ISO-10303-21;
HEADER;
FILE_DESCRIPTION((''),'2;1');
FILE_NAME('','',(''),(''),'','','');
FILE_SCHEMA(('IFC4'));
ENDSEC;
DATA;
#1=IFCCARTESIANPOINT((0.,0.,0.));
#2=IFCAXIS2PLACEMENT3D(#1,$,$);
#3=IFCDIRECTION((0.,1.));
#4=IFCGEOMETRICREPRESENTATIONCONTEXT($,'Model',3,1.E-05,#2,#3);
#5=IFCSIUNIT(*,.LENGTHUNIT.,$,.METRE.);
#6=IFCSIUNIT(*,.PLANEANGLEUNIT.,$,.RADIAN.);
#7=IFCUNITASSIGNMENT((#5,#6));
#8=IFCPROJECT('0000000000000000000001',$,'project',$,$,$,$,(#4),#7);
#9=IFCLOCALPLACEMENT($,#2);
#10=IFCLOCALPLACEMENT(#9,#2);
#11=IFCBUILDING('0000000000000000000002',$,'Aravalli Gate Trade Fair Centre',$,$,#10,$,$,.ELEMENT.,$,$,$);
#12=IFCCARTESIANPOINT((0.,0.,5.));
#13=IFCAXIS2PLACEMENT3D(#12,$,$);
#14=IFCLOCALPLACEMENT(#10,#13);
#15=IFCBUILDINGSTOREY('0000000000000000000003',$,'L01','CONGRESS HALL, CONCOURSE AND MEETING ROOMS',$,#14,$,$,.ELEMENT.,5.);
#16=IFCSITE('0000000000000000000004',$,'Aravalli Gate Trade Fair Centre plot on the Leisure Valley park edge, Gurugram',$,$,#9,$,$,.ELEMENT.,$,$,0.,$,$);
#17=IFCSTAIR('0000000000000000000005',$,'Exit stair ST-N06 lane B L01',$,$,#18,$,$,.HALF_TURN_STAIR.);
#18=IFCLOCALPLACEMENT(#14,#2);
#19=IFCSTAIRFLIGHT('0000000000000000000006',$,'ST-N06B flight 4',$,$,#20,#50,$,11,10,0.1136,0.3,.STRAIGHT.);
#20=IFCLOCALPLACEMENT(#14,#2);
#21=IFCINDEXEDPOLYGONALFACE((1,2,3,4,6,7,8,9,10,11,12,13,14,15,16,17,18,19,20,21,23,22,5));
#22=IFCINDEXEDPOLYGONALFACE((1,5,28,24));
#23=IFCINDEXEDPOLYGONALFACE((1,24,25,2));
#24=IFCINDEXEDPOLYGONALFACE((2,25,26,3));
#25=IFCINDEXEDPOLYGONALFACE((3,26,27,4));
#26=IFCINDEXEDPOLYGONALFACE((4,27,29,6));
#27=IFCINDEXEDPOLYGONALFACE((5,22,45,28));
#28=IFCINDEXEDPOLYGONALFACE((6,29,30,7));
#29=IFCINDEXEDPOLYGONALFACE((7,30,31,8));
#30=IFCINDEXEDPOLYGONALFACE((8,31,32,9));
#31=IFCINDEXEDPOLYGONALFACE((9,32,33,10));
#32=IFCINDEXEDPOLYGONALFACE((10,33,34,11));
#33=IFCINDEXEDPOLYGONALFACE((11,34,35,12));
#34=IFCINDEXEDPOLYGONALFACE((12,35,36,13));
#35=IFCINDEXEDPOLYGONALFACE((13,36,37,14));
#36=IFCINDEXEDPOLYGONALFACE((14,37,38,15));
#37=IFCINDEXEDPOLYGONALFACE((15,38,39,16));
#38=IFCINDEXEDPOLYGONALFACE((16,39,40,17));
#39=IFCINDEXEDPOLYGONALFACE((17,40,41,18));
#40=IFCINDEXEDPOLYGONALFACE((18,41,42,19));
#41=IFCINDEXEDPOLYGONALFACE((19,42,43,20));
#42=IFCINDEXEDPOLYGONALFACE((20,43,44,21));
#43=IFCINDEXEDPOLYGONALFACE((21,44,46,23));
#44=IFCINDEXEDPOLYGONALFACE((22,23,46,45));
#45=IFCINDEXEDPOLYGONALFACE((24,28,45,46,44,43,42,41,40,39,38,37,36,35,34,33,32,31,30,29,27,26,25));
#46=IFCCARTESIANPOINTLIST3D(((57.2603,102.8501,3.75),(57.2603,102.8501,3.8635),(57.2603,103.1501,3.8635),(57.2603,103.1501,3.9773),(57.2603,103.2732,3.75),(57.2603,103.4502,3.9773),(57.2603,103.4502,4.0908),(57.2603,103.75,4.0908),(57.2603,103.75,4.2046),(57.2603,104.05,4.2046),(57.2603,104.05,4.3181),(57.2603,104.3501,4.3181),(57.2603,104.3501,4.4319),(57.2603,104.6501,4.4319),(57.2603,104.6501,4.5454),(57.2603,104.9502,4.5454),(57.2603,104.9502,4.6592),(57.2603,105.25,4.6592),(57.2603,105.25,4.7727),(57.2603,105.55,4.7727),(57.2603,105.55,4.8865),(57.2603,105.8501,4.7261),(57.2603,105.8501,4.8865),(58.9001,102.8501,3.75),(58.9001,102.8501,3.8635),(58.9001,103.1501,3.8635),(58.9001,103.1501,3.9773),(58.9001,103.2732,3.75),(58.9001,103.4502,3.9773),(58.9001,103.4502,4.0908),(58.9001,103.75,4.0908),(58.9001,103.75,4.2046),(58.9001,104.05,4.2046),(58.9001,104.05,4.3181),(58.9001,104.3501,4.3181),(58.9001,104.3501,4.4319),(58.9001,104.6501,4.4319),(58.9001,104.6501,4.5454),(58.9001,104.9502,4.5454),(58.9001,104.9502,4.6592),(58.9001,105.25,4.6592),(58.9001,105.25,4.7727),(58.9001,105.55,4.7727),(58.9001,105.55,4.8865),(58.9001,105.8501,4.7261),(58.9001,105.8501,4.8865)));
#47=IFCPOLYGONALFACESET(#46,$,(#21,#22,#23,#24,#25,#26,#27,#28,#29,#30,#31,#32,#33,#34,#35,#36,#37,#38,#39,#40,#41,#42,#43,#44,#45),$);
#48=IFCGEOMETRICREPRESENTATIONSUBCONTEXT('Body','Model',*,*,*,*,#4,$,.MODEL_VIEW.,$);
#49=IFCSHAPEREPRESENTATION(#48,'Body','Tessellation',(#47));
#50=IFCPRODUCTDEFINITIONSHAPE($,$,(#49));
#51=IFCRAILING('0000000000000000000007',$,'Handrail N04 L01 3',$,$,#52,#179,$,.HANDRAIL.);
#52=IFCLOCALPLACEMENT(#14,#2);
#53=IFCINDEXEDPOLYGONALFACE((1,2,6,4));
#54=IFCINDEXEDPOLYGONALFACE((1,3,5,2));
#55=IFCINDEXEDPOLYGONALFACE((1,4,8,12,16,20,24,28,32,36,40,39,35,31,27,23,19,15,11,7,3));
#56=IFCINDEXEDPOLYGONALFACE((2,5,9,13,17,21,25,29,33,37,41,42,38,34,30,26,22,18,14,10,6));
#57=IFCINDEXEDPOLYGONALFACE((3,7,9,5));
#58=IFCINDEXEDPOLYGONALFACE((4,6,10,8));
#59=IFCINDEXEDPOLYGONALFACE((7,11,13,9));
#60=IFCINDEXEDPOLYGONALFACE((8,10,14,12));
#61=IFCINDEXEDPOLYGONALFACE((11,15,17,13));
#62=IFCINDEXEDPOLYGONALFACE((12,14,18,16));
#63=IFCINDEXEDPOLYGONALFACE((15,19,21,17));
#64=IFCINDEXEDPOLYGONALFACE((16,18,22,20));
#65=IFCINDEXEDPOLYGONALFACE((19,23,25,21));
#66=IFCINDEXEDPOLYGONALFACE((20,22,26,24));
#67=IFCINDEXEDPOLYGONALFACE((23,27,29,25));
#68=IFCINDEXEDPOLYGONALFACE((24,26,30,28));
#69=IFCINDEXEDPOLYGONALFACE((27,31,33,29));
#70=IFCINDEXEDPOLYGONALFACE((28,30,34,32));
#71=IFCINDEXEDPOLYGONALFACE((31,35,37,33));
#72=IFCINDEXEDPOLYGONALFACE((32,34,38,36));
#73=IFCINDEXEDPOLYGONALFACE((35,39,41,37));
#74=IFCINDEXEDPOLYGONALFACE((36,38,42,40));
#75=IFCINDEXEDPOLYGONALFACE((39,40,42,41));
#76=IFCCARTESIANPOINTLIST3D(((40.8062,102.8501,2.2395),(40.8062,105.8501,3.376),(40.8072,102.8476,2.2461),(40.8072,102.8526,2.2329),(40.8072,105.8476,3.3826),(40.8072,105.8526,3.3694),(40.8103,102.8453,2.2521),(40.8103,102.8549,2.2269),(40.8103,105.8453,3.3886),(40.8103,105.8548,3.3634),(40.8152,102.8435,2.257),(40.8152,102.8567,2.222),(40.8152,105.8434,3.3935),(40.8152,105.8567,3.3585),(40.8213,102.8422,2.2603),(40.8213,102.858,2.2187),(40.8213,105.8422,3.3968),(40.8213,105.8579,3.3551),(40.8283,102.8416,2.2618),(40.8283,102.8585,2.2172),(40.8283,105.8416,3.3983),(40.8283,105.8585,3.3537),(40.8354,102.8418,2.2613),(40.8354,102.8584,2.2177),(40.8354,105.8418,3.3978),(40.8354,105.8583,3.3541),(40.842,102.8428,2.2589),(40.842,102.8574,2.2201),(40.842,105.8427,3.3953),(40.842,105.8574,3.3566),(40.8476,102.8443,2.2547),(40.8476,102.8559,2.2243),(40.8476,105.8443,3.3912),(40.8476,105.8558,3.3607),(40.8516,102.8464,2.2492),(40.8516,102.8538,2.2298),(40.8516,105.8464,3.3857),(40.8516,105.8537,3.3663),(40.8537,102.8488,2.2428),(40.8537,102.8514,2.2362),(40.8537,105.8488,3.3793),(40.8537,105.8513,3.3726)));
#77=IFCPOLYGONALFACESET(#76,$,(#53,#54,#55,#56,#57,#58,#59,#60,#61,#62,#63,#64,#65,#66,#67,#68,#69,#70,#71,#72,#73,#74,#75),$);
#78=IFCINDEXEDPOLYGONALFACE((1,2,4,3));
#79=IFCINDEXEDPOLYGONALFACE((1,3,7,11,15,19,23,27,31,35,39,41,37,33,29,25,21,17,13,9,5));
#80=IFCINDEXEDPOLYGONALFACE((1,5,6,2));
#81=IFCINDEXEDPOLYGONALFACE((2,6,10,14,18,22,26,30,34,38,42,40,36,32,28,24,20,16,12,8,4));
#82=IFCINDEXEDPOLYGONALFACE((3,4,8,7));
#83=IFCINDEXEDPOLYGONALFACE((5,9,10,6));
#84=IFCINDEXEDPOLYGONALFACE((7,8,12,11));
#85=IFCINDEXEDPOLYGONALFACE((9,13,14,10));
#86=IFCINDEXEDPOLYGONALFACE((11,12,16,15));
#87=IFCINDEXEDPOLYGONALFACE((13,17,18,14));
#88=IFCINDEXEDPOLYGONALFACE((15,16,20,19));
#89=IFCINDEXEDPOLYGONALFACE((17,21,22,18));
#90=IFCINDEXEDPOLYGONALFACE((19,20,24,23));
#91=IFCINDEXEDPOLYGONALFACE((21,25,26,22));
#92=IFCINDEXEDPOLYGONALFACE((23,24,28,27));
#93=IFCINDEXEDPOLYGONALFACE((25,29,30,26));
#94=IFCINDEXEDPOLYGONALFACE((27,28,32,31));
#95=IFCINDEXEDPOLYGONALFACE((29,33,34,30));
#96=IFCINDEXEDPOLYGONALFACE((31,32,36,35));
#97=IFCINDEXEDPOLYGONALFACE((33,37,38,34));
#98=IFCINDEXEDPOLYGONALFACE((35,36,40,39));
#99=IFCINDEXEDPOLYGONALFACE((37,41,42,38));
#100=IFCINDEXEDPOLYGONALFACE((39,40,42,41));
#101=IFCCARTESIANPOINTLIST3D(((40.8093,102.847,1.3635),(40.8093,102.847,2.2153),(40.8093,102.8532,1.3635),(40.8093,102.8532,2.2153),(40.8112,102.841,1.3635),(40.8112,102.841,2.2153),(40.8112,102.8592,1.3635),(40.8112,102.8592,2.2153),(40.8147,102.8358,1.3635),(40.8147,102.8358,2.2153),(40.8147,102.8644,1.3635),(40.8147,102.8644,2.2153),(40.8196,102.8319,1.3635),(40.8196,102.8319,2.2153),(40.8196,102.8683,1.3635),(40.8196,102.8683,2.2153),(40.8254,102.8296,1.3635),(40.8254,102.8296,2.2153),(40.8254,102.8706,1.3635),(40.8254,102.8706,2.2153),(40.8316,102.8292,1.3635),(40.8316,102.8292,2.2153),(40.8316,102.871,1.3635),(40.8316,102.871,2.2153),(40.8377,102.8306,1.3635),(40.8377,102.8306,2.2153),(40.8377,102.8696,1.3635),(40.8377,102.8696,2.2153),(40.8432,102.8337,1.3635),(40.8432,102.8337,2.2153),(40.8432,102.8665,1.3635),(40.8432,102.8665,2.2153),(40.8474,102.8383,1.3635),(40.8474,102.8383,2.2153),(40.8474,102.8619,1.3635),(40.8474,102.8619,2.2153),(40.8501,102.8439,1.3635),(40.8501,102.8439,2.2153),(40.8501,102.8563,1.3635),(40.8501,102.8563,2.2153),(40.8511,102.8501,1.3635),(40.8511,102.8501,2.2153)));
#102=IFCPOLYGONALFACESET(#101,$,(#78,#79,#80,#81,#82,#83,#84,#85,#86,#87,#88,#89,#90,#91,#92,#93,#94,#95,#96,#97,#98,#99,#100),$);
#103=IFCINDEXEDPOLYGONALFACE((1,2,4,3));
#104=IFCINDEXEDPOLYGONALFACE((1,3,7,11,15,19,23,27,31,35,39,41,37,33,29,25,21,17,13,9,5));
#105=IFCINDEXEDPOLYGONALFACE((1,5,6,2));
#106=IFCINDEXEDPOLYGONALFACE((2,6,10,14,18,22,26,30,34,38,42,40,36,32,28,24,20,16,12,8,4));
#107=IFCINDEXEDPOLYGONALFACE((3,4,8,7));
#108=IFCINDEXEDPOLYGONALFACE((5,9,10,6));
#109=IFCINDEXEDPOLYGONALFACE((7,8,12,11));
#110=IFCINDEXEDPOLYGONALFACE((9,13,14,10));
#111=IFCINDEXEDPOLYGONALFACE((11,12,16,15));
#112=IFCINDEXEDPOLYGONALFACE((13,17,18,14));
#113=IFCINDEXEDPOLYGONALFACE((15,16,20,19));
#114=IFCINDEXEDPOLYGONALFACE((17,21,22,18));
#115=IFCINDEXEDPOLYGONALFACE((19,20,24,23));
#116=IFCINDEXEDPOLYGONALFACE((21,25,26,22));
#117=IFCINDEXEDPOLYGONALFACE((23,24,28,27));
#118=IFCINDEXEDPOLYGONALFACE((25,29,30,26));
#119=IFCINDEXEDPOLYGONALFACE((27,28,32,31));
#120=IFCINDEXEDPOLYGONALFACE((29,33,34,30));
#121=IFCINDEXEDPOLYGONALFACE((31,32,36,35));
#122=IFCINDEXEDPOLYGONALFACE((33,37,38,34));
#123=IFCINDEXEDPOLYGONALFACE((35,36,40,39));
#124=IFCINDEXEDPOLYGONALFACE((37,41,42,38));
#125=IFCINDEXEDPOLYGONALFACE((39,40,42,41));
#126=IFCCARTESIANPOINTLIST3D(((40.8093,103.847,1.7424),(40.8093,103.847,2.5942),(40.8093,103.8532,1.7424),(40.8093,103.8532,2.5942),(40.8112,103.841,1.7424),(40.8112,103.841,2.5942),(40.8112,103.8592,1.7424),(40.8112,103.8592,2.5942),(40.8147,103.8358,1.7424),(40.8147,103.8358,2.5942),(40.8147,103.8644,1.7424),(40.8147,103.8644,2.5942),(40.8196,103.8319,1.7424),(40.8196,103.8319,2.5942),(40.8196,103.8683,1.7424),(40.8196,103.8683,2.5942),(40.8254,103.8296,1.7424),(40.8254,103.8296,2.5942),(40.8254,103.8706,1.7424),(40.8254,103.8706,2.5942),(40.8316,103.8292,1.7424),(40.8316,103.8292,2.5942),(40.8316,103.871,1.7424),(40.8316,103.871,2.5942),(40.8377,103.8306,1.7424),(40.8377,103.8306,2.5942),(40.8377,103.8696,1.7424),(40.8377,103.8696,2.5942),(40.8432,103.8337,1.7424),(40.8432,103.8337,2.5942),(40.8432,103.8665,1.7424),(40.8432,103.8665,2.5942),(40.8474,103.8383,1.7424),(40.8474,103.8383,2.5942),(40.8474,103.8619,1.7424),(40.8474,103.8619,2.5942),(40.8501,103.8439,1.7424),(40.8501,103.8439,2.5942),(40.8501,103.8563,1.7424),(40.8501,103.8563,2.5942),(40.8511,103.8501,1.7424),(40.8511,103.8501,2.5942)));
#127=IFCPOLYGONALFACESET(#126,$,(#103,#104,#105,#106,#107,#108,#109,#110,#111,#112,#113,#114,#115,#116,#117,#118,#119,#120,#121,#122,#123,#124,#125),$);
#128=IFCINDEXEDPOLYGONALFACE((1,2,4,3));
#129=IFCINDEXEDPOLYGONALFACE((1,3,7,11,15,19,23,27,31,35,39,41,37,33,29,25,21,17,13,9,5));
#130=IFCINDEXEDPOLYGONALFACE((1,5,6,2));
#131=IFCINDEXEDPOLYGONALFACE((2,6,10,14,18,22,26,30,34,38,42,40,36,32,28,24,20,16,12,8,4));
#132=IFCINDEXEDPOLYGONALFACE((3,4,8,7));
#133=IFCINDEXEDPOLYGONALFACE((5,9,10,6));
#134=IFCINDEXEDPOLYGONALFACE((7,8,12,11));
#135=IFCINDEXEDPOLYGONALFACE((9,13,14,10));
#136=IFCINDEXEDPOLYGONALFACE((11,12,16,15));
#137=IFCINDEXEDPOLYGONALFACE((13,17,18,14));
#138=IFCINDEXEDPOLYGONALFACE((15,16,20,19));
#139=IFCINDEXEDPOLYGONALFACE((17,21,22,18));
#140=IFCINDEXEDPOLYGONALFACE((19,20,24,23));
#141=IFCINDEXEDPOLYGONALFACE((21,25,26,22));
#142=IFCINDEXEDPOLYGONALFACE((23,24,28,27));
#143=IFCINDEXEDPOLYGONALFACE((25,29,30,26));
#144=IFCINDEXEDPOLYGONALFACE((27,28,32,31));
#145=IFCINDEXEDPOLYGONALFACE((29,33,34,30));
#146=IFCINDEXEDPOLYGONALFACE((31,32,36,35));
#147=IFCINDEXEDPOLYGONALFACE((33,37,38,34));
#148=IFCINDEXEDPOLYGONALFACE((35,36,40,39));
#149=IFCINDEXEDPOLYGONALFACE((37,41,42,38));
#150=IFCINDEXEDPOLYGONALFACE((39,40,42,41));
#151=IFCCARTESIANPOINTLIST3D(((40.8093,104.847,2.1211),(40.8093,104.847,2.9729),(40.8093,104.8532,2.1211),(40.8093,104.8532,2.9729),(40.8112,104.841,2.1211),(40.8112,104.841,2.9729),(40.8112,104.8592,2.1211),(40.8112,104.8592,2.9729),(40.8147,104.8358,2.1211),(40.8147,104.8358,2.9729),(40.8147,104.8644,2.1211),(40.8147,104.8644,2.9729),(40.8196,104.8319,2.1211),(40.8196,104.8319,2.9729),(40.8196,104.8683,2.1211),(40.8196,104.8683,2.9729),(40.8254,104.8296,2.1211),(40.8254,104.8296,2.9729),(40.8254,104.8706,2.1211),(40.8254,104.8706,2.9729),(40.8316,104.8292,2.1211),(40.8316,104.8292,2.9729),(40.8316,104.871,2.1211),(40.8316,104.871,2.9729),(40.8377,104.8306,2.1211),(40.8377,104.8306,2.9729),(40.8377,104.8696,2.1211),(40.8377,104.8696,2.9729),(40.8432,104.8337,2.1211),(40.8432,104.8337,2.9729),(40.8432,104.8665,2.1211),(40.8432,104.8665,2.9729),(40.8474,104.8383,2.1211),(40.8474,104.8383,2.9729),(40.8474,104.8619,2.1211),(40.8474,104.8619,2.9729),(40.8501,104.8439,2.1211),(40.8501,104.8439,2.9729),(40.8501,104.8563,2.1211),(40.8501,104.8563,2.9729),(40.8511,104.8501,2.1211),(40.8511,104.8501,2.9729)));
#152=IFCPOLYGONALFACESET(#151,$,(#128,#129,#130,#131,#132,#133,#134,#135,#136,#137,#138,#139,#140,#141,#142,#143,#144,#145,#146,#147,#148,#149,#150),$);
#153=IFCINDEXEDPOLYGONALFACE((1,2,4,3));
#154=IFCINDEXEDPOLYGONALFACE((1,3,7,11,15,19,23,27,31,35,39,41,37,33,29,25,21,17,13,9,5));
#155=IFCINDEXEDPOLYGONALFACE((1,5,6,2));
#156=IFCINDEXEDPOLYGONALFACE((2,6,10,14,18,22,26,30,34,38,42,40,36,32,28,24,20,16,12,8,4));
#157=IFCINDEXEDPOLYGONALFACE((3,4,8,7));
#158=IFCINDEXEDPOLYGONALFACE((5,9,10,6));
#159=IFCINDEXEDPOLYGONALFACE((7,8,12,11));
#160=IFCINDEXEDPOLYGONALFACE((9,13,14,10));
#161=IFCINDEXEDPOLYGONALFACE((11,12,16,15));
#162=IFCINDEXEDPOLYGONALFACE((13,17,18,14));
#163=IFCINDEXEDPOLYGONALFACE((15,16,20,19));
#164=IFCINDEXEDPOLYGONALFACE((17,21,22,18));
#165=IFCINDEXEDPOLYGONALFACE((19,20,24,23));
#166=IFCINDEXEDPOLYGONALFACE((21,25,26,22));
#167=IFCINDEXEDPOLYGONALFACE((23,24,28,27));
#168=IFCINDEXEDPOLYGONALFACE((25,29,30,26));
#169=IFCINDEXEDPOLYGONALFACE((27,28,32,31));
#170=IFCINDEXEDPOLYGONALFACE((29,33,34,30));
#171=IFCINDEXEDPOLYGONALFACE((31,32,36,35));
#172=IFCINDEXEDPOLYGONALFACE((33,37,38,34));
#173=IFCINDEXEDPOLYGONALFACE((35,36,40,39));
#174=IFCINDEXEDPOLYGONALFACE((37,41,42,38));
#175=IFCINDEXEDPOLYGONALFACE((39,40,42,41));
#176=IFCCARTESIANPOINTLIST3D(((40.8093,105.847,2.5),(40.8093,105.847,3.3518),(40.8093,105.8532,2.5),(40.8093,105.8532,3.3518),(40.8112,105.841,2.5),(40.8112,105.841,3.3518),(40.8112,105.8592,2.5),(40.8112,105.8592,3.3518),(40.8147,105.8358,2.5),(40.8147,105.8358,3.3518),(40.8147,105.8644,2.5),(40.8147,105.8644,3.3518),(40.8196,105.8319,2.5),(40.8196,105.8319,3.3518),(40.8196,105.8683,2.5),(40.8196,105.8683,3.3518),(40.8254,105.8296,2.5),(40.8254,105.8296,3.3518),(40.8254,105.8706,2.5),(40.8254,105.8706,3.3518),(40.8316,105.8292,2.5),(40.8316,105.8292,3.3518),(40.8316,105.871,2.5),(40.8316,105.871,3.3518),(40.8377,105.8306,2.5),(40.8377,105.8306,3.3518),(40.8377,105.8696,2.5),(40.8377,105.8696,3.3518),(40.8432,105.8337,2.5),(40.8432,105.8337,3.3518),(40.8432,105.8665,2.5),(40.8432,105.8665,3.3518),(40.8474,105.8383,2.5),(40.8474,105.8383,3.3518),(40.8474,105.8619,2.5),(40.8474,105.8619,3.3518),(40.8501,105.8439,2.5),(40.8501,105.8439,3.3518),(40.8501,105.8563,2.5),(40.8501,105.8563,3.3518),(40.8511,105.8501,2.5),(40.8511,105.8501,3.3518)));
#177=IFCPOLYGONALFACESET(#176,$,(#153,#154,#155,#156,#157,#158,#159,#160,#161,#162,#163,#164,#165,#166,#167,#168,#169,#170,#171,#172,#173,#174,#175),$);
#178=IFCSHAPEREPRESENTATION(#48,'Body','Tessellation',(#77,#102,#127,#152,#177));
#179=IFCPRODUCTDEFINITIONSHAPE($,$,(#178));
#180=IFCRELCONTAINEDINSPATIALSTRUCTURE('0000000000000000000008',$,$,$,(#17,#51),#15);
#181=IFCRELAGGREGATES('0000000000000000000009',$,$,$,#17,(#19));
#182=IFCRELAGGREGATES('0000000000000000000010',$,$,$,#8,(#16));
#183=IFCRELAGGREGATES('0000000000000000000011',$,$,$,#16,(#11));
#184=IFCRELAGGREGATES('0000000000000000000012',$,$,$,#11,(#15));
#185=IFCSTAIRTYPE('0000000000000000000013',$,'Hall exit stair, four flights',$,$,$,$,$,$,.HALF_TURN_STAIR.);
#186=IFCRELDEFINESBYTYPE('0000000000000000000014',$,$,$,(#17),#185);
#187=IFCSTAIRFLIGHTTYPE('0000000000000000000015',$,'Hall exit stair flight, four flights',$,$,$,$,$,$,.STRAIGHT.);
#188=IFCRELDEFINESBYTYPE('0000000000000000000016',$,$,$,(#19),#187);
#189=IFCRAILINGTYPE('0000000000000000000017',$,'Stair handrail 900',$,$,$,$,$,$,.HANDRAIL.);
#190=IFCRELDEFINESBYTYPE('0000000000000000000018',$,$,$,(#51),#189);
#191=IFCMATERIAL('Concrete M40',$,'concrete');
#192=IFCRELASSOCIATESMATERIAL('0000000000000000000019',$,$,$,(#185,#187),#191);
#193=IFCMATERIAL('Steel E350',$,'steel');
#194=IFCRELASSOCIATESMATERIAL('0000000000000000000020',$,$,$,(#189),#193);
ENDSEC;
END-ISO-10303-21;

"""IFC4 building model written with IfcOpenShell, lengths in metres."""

from ifc_helpers import new_model, si_unit, direction, frame, origin, origin_2d, place, context, subcontext, project, spatial, polyline, circle, outline, extrude, material, type_object, element, aggregate, save


model = new_model("IFC4")

# Units and contexts
model_context = context("Model", 3, precision=1e-05, world=origin(), true_north=direction((0.0, 1.0)))
body_context = subcontext(model_context, "Body", "Model", "MODEL_VIEW")
ifc_project = project(units=[si_unit("LENGTHUNIT", "METRE"), si_unit("PLANEANGLEUNIT", "RADIAN")], contexts=[model_context])

# Site, building, storey
site_placement = place(None, origin())
site = spatial("IfcSite", under=ifc_project, at=site_placement, Name="Aravalli Gate Trade Fair Centre plot on the Leisure Valley park edge, Gurugram", CompositionType="ELEMENT", RefElevation=0.0)
building_placement = place(site_placement, origin())
building = spatial("IfcBuilding", under=site, at=building_placement, Name="Aravalli Gate Trade Fair Centre", CompositionType="ELEMENT")
storey_placement = place(building_placement, frame((0.0, 0.0, 5.0)))
storey = spatial("IfcBuildingStorey", under=building, at=storey_placement, Name="L01", Description="CONGRESS HALL, CONCOURSE AND MEETING ROOMS", CompositionType="ELEMENT", Elevation=5.0)

# Shared definitions
ifc_material_1 = material(Name="Concrete M40", Category="concrete")

# Stair, stair flight
stair_type = type_object("IfcStairType", Name="Hall exit stair, four flights", PredefinedType="HALF_TURN_STAIR", material=ifc_material_1)
stair_flight_type = type_object("IfcStairFlightType", Name="Hall exit stair flight, four flights", PredefinedType="STRAIGHT", material=ifc_material_1)
stair_1_placement = place(storey_placement, origin())
stair_1 = element("IfcStair", 1, at=stair_1_placement, inside=storey, type_object=stair_type, Name="Exit stair ST-N06 lane B L01", PredefinedType="HALF_TURN_STAIR")
stair_flight_1_placement = place(storey_placement, frame((58.0801, 102.8501, 3.75), z_axis=(0.0, 0.0, 1.0), x_axis=(0.0, 1.0, 0.0)))
stair_flight_1 = element("IfcStairFlight", 2, at=stair_flight_1_placement, type_object=stair_flight_type, Name="ST-N06B flight 4", NumberOfRisers=11, NumberOfTreads=10, PredefinedType="STRAIGHT", RiserHeight=0.1136, TreadLength=0.3, context=body_context, shape_type="SweptSolid", body=[
    extrude(outline(polyline([(0.0, 0.0), (0.0, 0.1135), (0.3, 0.1135), (0.3, 0.2273), (0.6001, 0.2273), (0.6001, 0.3408), (0.8999, 0.3408), (0.8999, 0.4546), (1.2, 0.4546), (1.2, 0.5681), (1.5, 0.5681), (1.5, 0.6819), (1.8, 0.6819), (1.8, 0.7954), (2.1001, 0.7954), (2.1001, 0.9092), (2.3999, 0.9092), (2.3999, 1.0227), (2.7, 1.0227), (2.7, 1.1365), (3.0, 1.1365), (3.0, 1.25), (3.0, 0.9761), (0.4231, 0.0), (0.0, 0.0)])), frame((0.0, 0.8198, 0.0), z_axis=(0.0, -1.0, 0.0), x_axis=(1.0, 0.0, 0.0)), (0.0, 0.0, 1.0), 1.6399),
])
aggregate(stair_1, [stair_flight_1])

# Railing
ifc_material_2 = material(Name="Steel E350", Category="steel")
railing_type = type_object("IfcRailingType", Name="Stair handrail 900", PredefinedType="HANDRAIL", material=ifc_material_2)
for number, where, name in (
    (3, (40.8301, 102.8501, 1.3635), "Handrail N04 L01 3"),
):
    element("IfcRailing", number, at=place(storey_placement, frame(where)), inside=storey, type_object=railing_type, Name=name, PredefinedType="HANDRAIL", context=body_context, shape_type="SweptSolid", body=[
        extrude(circle(Radius=0.0239, at=origin_2d()), frame((0.0, 0.0, 0.876), z_axis=(0.0, 0.935148, 0.354257), x_axis=(-1.0, 0.0, 0.0)), (0.0, 0.0, 1.0), 3.208),
        extrude(circle(Radius=0.021, at=origin_2d()), origin(), (0.0, 0.0, 1.0), 0.8518),
        extrude(circle(Radius=0.021, at=origin_2d()), frame((0.0, 1.0, 0.3789)), (0.0, 0.0, 1.0), 0.8518),
        extrude(circle(Radius=0.021, at=origin_2d()), frame((0.0, 2.0, 0.7576)), (0.0, 0.0, 1.0), 0.8518),
        extrude(circle(Radius=0.021, at=origin_2d()), frame((0.0, 3.0, 1.1365)), (0.0, 0.0, 1.0), 0.8518),
    ])

save(model, "model.ifc")
